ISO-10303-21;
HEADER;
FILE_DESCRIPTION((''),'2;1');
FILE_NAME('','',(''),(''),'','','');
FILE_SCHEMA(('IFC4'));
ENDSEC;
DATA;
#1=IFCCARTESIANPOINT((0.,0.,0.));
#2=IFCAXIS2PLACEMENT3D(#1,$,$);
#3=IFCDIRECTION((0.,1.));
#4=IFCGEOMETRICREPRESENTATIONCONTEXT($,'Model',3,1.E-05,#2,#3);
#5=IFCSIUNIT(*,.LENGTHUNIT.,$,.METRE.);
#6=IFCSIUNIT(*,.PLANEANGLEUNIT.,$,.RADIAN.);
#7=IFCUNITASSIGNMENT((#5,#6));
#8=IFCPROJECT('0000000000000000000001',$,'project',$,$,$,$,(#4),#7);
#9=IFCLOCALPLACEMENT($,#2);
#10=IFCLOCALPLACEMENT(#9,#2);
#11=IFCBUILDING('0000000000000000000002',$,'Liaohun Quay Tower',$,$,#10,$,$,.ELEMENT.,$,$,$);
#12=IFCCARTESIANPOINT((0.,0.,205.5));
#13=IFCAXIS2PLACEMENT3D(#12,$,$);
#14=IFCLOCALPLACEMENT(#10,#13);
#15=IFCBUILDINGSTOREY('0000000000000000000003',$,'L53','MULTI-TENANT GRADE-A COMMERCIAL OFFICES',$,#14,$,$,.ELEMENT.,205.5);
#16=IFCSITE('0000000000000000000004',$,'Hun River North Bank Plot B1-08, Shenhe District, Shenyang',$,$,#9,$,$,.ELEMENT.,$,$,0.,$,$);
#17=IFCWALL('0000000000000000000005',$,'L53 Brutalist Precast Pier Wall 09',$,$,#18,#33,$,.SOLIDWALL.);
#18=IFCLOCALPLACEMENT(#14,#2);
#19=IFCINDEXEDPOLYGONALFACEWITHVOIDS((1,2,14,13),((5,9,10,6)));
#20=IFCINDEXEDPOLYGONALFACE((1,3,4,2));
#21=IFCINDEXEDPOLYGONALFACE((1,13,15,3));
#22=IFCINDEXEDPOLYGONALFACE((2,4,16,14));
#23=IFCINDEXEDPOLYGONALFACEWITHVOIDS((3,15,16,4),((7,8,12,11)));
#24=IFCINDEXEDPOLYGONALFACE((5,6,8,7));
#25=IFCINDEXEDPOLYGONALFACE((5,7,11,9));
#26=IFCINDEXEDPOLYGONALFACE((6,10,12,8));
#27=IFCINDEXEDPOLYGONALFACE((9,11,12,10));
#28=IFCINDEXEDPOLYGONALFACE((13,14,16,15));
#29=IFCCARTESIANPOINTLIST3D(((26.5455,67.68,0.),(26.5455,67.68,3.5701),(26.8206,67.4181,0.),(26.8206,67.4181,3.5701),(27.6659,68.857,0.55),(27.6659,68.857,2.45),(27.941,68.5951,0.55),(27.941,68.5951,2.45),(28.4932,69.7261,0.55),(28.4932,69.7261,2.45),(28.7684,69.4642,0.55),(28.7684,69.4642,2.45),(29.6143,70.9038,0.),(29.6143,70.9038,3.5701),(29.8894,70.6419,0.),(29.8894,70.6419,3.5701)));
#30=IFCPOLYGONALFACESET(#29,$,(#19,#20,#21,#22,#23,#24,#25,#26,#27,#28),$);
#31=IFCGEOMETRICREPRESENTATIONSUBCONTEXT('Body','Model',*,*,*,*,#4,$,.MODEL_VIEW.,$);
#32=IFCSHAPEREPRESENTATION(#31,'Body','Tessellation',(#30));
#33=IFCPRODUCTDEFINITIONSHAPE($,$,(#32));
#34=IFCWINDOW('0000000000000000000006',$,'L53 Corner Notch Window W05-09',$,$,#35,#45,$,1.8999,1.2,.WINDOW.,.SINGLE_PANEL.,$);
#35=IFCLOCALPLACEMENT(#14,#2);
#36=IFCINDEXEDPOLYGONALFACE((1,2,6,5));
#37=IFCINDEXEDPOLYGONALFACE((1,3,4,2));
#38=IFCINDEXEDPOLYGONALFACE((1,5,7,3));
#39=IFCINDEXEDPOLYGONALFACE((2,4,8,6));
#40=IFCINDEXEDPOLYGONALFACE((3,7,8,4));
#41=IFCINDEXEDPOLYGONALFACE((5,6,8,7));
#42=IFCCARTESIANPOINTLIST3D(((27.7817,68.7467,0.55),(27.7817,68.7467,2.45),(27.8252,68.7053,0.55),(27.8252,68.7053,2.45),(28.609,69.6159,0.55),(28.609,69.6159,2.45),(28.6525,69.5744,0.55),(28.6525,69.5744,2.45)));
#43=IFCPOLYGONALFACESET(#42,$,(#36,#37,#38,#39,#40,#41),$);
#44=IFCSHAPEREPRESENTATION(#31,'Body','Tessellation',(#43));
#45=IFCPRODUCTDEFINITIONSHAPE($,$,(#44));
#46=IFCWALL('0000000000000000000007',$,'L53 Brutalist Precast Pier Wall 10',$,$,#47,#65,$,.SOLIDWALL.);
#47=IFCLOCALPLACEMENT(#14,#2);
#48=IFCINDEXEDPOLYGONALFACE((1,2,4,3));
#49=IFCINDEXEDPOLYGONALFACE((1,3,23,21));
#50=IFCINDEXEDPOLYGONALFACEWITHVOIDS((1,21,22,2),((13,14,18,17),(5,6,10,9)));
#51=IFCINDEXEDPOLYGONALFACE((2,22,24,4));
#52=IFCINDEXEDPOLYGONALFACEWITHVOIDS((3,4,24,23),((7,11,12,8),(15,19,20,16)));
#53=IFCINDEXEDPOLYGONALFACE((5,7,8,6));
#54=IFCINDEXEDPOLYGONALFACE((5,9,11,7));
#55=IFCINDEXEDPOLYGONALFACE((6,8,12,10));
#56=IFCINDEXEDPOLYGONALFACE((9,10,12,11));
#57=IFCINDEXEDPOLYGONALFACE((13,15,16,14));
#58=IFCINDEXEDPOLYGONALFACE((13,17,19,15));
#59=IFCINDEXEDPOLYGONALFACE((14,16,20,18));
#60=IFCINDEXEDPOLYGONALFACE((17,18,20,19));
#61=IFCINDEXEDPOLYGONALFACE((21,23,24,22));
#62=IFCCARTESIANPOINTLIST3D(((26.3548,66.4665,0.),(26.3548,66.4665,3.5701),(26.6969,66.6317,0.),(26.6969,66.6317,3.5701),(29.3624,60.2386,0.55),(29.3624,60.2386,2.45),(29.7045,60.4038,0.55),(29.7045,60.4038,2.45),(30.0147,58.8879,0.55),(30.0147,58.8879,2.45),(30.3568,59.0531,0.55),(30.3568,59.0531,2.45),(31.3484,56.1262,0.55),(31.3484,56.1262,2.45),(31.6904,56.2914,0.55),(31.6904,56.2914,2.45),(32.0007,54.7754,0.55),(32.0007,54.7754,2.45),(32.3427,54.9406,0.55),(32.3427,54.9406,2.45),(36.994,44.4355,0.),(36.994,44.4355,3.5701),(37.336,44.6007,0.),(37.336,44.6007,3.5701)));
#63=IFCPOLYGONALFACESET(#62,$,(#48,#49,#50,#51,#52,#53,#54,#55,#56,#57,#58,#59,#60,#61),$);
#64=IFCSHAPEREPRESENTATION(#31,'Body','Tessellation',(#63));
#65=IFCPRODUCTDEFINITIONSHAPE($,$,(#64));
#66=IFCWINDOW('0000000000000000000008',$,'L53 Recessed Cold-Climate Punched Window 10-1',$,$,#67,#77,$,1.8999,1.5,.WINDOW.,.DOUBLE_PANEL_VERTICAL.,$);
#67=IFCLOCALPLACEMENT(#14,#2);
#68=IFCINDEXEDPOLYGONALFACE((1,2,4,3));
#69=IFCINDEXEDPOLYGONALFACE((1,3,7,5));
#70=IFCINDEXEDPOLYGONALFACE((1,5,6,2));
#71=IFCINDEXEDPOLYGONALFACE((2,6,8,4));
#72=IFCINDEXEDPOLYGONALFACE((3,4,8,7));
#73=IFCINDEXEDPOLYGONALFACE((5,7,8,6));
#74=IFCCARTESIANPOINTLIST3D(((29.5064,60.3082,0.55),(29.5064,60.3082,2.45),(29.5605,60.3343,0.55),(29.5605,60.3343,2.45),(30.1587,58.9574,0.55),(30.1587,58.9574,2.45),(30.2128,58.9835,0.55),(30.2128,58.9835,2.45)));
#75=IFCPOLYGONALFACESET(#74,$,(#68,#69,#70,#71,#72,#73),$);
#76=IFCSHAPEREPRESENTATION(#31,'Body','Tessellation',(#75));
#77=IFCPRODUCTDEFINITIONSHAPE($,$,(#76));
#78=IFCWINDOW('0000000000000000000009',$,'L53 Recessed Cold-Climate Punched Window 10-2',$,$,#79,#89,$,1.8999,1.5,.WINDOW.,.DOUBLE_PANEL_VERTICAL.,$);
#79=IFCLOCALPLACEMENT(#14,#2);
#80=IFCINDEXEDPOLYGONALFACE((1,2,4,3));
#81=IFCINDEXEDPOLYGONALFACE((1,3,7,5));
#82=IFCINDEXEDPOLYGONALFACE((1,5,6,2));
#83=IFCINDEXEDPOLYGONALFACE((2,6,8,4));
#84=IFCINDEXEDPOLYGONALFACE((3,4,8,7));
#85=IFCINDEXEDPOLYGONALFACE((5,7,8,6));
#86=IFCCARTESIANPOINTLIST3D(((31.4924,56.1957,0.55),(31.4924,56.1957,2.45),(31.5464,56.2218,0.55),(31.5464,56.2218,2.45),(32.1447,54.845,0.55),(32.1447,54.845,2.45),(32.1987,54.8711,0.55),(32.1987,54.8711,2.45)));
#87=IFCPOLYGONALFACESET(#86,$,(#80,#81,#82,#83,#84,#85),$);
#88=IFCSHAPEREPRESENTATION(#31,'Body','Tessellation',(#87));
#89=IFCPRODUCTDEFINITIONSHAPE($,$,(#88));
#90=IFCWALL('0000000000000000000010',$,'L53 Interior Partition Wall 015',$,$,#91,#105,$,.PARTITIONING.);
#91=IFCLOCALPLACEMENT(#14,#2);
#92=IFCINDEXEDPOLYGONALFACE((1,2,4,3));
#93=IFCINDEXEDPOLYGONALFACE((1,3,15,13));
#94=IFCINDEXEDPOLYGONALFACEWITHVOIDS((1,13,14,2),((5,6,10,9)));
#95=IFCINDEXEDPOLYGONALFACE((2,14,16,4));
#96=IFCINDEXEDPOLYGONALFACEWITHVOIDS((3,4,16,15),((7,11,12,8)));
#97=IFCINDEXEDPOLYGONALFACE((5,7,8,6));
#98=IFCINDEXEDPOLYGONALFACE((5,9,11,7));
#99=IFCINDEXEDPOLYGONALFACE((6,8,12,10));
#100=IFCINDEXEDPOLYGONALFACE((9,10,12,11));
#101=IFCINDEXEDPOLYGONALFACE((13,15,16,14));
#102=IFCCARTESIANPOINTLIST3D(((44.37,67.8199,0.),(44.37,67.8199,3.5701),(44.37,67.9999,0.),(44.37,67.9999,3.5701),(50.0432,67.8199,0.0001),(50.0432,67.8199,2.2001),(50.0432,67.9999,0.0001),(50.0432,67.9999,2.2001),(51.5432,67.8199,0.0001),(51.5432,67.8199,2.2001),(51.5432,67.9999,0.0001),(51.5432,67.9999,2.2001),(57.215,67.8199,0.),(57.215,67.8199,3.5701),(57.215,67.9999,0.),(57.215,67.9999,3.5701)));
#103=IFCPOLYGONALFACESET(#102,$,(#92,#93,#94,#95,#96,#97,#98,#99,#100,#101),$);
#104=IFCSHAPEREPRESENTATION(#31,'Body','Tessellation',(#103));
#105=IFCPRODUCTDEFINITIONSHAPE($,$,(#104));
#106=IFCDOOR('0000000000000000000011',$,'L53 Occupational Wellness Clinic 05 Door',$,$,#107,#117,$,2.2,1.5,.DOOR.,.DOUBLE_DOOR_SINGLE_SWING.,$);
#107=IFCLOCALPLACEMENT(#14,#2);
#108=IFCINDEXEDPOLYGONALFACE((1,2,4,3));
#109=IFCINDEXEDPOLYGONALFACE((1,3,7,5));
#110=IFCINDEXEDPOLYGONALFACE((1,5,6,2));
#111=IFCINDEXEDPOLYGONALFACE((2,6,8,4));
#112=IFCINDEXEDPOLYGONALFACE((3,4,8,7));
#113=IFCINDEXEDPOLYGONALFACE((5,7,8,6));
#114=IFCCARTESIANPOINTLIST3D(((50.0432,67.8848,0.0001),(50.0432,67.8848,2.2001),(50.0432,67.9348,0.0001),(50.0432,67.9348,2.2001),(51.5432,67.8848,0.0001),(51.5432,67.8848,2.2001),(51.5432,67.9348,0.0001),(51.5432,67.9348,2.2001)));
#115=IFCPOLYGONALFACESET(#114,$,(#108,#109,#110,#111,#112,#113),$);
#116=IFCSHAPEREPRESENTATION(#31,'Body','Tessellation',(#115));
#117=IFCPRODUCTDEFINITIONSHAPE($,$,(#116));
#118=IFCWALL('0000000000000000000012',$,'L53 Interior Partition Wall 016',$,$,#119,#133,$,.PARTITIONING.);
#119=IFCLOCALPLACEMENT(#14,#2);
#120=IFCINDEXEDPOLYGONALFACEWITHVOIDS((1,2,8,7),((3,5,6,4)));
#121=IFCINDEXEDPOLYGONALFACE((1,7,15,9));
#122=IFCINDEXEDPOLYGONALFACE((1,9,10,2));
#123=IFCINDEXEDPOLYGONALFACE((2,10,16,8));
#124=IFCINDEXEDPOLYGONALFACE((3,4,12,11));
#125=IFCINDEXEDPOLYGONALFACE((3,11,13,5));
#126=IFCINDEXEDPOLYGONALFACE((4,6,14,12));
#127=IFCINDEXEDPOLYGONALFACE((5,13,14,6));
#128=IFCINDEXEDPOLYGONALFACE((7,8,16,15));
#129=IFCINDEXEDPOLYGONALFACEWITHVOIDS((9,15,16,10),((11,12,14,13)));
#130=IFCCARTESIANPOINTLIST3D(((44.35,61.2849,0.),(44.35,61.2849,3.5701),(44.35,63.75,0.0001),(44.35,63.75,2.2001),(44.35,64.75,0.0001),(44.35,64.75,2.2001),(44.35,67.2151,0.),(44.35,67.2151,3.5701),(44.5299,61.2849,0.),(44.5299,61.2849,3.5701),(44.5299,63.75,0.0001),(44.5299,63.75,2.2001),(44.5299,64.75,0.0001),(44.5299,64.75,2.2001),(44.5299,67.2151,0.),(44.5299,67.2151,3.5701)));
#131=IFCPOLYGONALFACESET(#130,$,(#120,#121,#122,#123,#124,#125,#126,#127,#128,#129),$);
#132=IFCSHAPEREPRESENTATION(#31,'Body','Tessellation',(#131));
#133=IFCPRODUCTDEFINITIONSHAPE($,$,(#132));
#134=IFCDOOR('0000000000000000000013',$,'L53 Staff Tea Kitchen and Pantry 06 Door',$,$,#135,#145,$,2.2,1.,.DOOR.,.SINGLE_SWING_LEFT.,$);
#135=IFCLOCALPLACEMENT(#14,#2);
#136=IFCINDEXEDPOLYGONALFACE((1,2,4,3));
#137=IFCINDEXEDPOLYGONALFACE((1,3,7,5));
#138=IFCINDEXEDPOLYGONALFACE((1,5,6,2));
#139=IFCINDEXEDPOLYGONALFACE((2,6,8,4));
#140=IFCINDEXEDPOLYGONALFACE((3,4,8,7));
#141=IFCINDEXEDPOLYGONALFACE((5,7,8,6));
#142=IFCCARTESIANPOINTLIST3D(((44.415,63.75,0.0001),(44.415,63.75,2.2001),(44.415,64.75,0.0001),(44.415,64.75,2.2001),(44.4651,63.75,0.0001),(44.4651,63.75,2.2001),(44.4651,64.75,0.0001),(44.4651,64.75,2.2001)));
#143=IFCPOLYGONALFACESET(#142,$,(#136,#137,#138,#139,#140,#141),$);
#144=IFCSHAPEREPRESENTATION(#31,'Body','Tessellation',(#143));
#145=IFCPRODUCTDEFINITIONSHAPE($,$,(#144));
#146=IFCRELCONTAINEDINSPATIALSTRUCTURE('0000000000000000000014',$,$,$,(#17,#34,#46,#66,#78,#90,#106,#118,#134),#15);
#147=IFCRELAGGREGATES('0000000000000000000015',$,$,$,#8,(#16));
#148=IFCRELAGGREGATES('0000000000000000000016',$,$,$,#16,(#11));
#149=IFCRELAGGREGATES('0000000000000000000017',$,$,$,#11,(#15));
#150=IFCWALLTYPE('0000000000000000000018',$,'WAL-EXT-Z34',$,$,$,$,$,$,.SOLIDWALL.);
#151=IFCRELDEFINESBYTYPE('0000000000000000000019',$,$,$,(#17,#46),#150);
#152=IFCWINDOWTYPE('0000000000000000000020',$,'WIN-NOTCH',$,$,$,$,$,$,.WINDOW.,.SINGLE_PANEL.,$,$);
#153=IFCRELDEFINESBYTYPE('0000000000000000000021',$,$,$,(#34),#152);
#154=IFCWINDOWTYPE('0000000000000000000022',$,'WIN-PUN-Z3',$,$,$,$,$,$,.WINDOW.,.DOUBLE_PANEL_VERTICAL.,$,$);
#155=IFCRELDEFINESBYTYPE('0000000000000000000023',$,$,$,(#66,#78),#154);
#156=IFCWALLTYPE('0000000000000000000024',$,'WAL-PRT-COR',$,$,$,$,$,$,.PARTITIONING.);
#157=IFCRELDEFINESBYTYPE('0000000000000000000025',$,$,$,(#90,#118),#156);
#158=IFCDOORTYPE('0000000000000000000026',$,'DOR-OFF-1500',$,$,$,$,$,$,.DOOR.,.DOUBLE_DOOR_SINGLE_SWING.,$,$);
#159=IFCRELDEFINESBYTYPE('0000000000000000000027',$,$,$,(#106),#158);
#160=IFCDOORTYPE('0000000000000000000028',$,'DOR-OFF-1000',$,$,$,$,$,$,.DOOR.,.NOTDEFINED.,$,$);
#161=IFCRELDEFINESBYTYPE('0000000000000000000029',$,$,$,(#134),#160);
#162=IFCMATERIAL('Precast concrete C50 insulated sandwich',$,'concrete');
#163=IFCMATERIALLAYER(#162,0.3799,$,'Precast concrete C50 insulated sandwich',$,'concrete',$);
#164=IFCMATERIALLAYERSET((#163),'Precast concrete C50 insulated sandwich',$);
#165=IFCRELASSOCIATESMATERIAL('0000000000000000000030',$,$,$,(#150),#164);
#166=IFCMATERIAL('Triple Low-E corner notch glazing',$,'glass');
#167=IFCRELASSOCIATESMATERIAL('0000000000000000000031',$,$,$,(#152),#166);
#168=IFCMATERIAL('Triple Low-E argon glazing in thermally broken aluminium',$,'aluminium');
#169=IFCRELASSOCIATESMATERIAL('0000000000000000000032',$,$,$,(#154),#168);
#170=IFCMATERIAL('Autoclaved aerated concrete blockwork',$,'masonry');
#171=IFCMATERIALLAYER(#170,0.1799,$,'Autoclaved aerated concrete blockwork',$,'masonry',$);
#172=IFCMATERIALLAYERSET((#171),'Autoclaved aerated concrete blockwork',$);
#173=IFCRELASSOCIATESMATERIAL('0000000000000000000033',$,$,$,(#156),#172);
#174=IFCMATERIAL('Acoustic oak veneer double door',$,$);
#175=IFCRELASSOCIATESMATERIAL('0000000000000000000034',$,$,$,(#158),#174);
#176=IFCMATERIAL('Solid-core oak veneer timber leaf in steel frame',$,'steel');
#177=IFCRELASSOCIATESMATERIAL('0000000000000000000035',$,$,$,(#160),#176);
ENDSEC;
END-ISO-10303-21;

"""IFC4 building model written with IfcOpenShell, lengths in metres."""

from ifc_helpers import new_model, si_unit, direction, frame, frame_2d, origin, place, context, subcontext, project, spatial, rectangle, extrude, source, transform, mapped, material, layer, layer_set, type_object, element, fill, save


model = new_model("IFC4")

# Units and contexts
model_context = context("Model", 3, precision=1e-05, world=origin(), true_north=direction((0.0, 1.0)))
body_context = subcontext(model_context, "Body", "Model", "MODEL_VIEW")
ifc_project = project(units=[si_unit("LENGTHUNIT", "METRE"), si_unit("PLANEANGLEUNIT", "RADIAN")], contexts=[model_context])

# Site, building, storey
site_placement = place(None, origin())
site = spatial("IfcSite", under=ifc_project, at=site_placement, Name="Hun River North Bank Plot B1-08, Shenhe District, Shenyang", CompositionType="ELEMENT", RefElevation=0.0)
building_placement = place(site_placement, origin())
building = spatial("IfcBuilding", under=site, at=building_placement, Name="Liaohun Quay Tower", CompositionType="ELEMENT")
storey_placement = place(building_placement, frame((0.0, 0.0, 205.5)))
storey = spatial("IfcBuildingStorey", under=building, at=storey_placement, Name="L53", Description="MULTI-TENANT GRADE-A COMMERCIAL OFFICES", CompositionType="ELEMENT", Elevation=205.5)

# Wall, opening, window
ifc_material_1 = material(Name="Precast concrete C50 insulated sandwich", Category="concrete")
ifc_layer_1 = layer(ifc_material_1, 0.3799, Name="Precast concrete C50 insulated sandwich", Category="concrete")
ifc_layer_set_1 = layer_set([ifc_layer_1], Name="Precast concrete C50 insulated sandwich")
wall_type_1 = type_object("IfcWallType", Name="WAL-EXT-Z34", PredefinedType="SOLIDWALL", material=ifc_layer_set_1)
shared_shape_1 = source(origin(), body_context, "Body", "SweptSolid", [
    extrude(rectangle(XDim=1.2, YDim=1.8999, at=frame_2d((0.6001, 0.95))), frame((0.0, 0.2, 0.0), z_axis=(0.0, -1.0, 0.0), x_axis=(1.0, 0.0, 0.0)), (0.0, 0.0, 1.0), 0.3999),
])
ifc_material_2 = material(Name="Triple Low-E corner notch glazing", Category="glass")
window_type_1 = type_object("IfcWindowType", Name="WIN-NOTCH", PartitioningType="SINGLE_PANEL", PredefinedType="WINDOW", material=ifc_material_2)
shared_shape_2 = source(origin(), body_context, "Body", "SweptSolid", [
    extrude(rectangle(XDim=1.2, YDim=1.8999, at=frame_2d((0.6001, 0.95))), frame((0.0, 0.03, 0.0), z_axis=(0.0, -1.0, 0.0), x_axis=(1.0, 0.0, 0.0)), (0.0, 0.0, 1.0), 0.0601),
])
wall_1_placement = place(storey_placement, frame((29.752, 70.7729, 0.0), z_axis=(0.0, 0.0, 1.0), x_axis=(-0.689477, -0.724307, 0.0)))
wall_1 = element("IfcWall", 1, at=wall_1_placement, inside=storey, type_object=wall_type_1, Name="L53 Brutalist Precast Pier Wall 09", PredefinedType="SOLIDWALL", context=body_context, shape_type="SweptSolid", body=[
    extrude(rectangle(XDim=4.4509, YDim=0.3799, at=frame_2d((2.2256, 0.0))), origin(), (0.0, 0.0, 1.0), 3.5701),
])
opening_1_placement = place(wall_1_placement, frame((1.626, 0.0, 0.55)))
opening_1 = element("IfcOpeningElement", 2, at=opening_1_placement, cuts=wall_1, PredefinedType="OPENING", context=body_context, shape_type="MappedRepresentation", body=[
    mapped(shared_shape_1, transform((0.0, 0.0, 0.0), x_axis=(1.0, 0.0, 0.0), y_axis=(0.0, 1.0, 0.0), z_axis=(0.0, 0.0, 1.0), scale=1.0)),
])
window_1_placement = place(opening_1_placement, origin())
window_1 = element("IfcWindow", 3, at=window_1_placement, inside=storey, type_object=window_type_1, Name="L53 Corner Notch Window W05-09", OverallHeight=1.8999, OverallWidth=1.2, PartitioningType="SINGLE_PANEL", PredefinedType="WINDOW", context=body_context, shape_type="MappedRepresentation", body=[
    mapped(shared_shape_2, transform((0.0, 0.0, 0.0), x_axis=(1.0, 0.0, 0.0), y_axis=(0.0, 1.0, 0.0), z_axis=(0.0, 0.0, 1.0), scale=1.0)),
])
fill(opening_1, window_1)

# Wall, openings, windows
wall_2_placement = place(storey_placement, frame((26.5259, 66.5491, 0.0), z_axis=(0.0, 0.0, 1.0), x_axis=(0.434865, -0.900496, 0.0)))
wall_2 = element("IfcWall", 4, at=wall_2_placement, inside=storey, type_object=wall_type_1, Name="L53 Brutalist Precast Pier Wall 10", PredefinedType="SOLIDWALL", context=body_context, shape_type="SweptSolid", body=[
    extrude(rectangle(XDim=24.4653, YDim=0.3799, at=frame_2d((12.2327, 0.0))), origin(), (0.0, 0.0, 1.0), 3.5701),
])
shared_shape_3 = source(origin(), body_context, "Body", "SweptSolid", [
    extrude(rectangle(XDim=1.5, YDim=1.8999, at=frame_2d((0.75, 0.95))), frame((0.0, 0.2, 0.0), z_axis=(0.0, -1.0, 0.0), x_axis=(1.0, 0.0, 0.0)), (0.0, 0.0, 1.0), 0.3999),
])
opening_2_placement = place(wall_2_placement, frame((6.916, 0.0, 0.55)))
opening_2 = element("IfcOpeningElement", 5, at=opening_2_placement, cuts=wall_2, PredefinedType="OPENING", context=body_context, shape_type="MappedRepresentation", body=[
    mapped(shared_shape_3, transform((0.0, 0.0, 0.0), x_axis=(1.0, 0.0, 0.0), y_axis=(0.0, 1.0, 0.0), z_axis=(0.0, 0.0, 1.0), scale=1.0)),
])
opening_3_placement = place(wall_2_placement, frame((11.4829, 0.0, 0.55)))
opening_3 = element("IfcOpeningElement", 6, at=opening_3_placement, cuts=wall_2, PredefinedType="OPENING", context=body_context, shape_type="MappedRepresentation", body=[
    mapped(shared_shape_3, transform((0.0, 0.0, 0.0), x_axis=(1.0, 0.0, 0.0), y_axis=(0.0, 1.0, 0.0), z_axis=(0.0, 0.0, 1.0), scale=1.0)),
])
ifc_material_3 = material(Name="Triple Low-E argon glazing in thermally broken aluminium", Category="aluminium")
window_type_2 = type_object("IfcWindowType", Name="WIN-PUN-Z3", PartitioningType="DOUBLE_PANEL_VERTICAL", PredefinedType="WINDOW", material=ifc_material_3)
shared_shape_4 = source(origin(), body_context, "Body", "SweptSolid", [
    extrude(rectangle(XDim=1.5, YDim=1.8999, at=frame_2d((0.75, 0.95))), frame((0.0, 0.03, 0.0), z_axis=(0.0, -1.0, 0.0), x_axis=(1.0, 0.0, 0.0)), (0.0, 0.0, 1.0), 0.0601),
])
window_2_placement = place(opening_2_placement, origin())
window_2 = element("IfcWindow", 7, at=window_2_placement, inside=storey, type_object=window_type_2, Name="L53 Recessed Cold-Climate Punched Window 10-1", OverallHeight=1.8999, OverallWidth=1.5, PartitioningType="DOUBLE_PANEL_VERTICAL", PredefinedType="WINDOW", context=body_context, shape_type="MappedRepresentation", body=[
    mapped(shared_shape_4, transform((0.0, 0.0, 0.0), x_axis=(1.0, 0.0, 0.0), y_axis=(0.0, 1.0, 0.0), z_axis=(0.0, 0.0, 1.0), scale=1.0)),
])
fill(opening_2, window_2)
window_3_placement = place(opening_3_placement, origin())
window_3 = element("IfcWindow", 8, at=window_3_placement, inside=storey, type_object=window_type_2, Name="L53 Recessed Cold-Climate Punched Window 10-2", OverallHeight=1.8999, OverallWidth=1.5, PartitioningType="DOUBLE_PANEL_VERTICAL", PredefinedType="WINDOW", context=body_context, shape_type="MappedRepresentation", body=[
    mapped(shared_shape_4, transform((0.0, 0.0, 0.0), x_axis=(1.0, 0.0, 0.0), y_axis=(0.0, 1.0, 0.0), z_axis=(0.0, 0.0, 1.0), scale=1.0)),
])
fill(opening_3, window_3)

# Walls, openings, doors
ifc_material_4 = material(Name="Autoclaved aerated concrete blockwork", Category="masonry")
ifc_layer_2 = layer(ifc_material_4, 0.1799, Name="Autoclaved aerated concrete blockwork", Category="masonry")
ifc_layer_set_2 = layer_set([ifc_layer_2], Name="Autoclaved aerated concrete blockwork")
wall_type_2 = type_object("IfcWallType", Name="WAL-PRT-COR", PredefinedType="PARTITIONING", material=ifc_layer_set_2)
wall_3_placement = place(storey_placement, frame((44.3701, 67.9099, 0.0), z_axis=(0.0, 0.0, 1.0), x_axis=(1.0, 0.0, 0.0)))
wall_3 = element("IfcWall", 9, at=wall_3_placement, inside=storey, type_object=wall_type_2, Name="L53 Interior Partition Wall 015", PredefinedType="PARTITIONING", context=body_context, shape_type="SweptSolid", body=[
    extrude(rectangle(XDim=12.845, YDim=0.1799, at=frame_2d((6.4224, 0.0))), origin(), (0.0, 0.0, 1.0), 3.5701),
])
shared_shape_5 = source(origin(), body_context, "Body", "SweptSolid", [
    extrude(rectangle(XDim=1.5, YDim=2.2, at=frame_2d((0.75, 1.1001))), frame((0.0, 0.0999, 0.0), z_axis=(0.0, -1.0, 0.0), x_axis=(1.0, 0.0, 0.0)), (0.0, 0.0, 1.0), 0.2),
])
opening_4_placement = place(wall_3_placement, frame((5.6731, 0.0, 0.0)))
opening_4 = element("IfcOpeningElement", 10, at=opening_4_placement, cuts=wall_3, PredefinedType="OPENING", context=body_context, shape_type="MappedRepresentation", body=[
    mapped(shared_shape_5, transform((0.0, 0.0, 0.0), x_axis=(1.0, 0.0, 0.0), y_axis=(0.0, 1.0, 0.0), z_axis=(0.0, 0.0, 1.0), scale=1.0)),
])
ifc_material_5 = material(Name="Acoustic oak veneer double door")
door_type_1 = type_object("IfcDoorType", Name="DOR-OFF-1500", OperationType="DOUBLE_DOOR_SINGLE_SWING", PredefinedType="DOOR", material=ifc_material_5)
shared_shape_6 = source(origin(), body_context, "Body", "SweptSolid", [
    extrude(rectangle(XDim=1.5, YDim=2.2, at=frame_2d((0.75, 1.1001))), frame((0.0, 0.0249, 0.0), z_axis=(0.0, -1.0, 0.0), x_axis=(1.0, 0.0, 0.0)), (0.0, 0.0, 1.0), 0.05),
])
door_1_placement = place(opening_4_placement, origin())
door_1 = element("IfcDoor", 11, at=door_1_placement, inside=storey, type_object=door_type_1, Name="L53 Occupational Wellness Clinic 05 Door", OperationType="DOUBLE_DOOR_SINGLE_SWING", OverallHeight=2.2, OverallWidth=1.5, PredefinedType="DOOR", context=body_context, shape_type="MappedRepresentation", body=[
    mapped(shared_shape_6, transform((0.0, 0.0, 0.0), x_axis=(1.0, 0.0, 0.0), y_axis=(0.0, 1.0, 0.0), z_axis=(0.0, 0.0, 1.0), scale=1.0)),
])
fill(opening_4, door_1)
wall_4_placement = place(storey_placement, frame((44.4399, 61.2849, 0.0), z_axis=(0.0, 0.0, 1.0), x_axis=(0.0, 1.0, 0.0)))
wall_4 = element("IfcWall", 12, at=wall_4_placement, inside=storey, type_object=wall_type_2, Name="L53 Interior Partition Wall 016", PredefinedType="PARTITIONING", context=body_context, shape_type="SweptSolid", body=[
    extrude(rectangle(XDim=5.9302, YDim=0.1799, at=frame_2d((2.9651, 0.0))), origin(), (0.0, 0.0, 1.0), 3.5701),
])
shared_shape_7 = source(origin(), body_context, "Body", "SweptSolid", [
    extrude(rectangle(XDim=1.0, YDim=2.2, at=frame_2d((0.5, 1.1001))), frame((0.0, 0.0999, 0.0), z_axis=(0.0, -1.0, 0.0), x_axis=(1.0, 0.0, 0.0)), (0.0, 0.0, 1.0), 0.2),
])
opening_5_placement = place(wall_4_placement, frame((2.4651, 0.0, 0.0)))
opening_5 = element("IfcOpeningElement", 13, at=opening_5_placement, cuts=wall_4, PredefinedType="OPENING", context=body_context, shape_type="MappedRepresentation", body=[
    mapped(shared_shape_7, transform((0.0, 0.0, 0.0), x_axis=(1.0, 0.0, 0.0), y_axis=(0.0, 1.0, 0.0), z_axis=(0.0, 0.0, 1.0), scale=1.0)),
])
ifc_material_6 = material(Name="Solid-core oak veneer timber leaf in steel frame", Category="steel")
door_type_2 = type_object("IfcDoorType", Name="DOR-OFF-1000", OperationType="NOTDEFINED", PredefinedType="DOOR", material=ifc_material_6)
shared_shape_8 = source(origin(), body_context, "Body", "SweptSolid", [
    extrude(rectangle(XDim=1.0, YDim=2.2, at=frame_2d((0.5, 1.1001))), frame((0.0, 0.0249, 0.0), z_axis=(0.0, -1.0, 0.0), x_axis=(1.0, 0.0, 0.0)), (0.0, 0.0, 1.0), 0.05),
])
door_2_placement = place(opening_5_placement, origin())
door_2 = element("IfcDoor", 14, at=door_2_placement, inside=storey, type_object=door_type_2, Name="L53 Staff Tea Kitchen and Pantry 06 Door", OperationType="SINGLE_SWING_LEFT", OverallHeight=2.2, OverallWidth=1.0, PredefinedType="DOOR", context=body_context, shape_type="MappedRepresentation", body=[
    mapped(shared_shape_8, transform((0.0, 0.0, 0.0), x_axis=(1.0, 0.0, 0.0), y_axis=(0.0, 1.0, 0.0), z_axis=(0.0, 0.0, 1.0), scale=1.0)),
])
fill(opening_5, door_2)

save(model, "model.ifc")
